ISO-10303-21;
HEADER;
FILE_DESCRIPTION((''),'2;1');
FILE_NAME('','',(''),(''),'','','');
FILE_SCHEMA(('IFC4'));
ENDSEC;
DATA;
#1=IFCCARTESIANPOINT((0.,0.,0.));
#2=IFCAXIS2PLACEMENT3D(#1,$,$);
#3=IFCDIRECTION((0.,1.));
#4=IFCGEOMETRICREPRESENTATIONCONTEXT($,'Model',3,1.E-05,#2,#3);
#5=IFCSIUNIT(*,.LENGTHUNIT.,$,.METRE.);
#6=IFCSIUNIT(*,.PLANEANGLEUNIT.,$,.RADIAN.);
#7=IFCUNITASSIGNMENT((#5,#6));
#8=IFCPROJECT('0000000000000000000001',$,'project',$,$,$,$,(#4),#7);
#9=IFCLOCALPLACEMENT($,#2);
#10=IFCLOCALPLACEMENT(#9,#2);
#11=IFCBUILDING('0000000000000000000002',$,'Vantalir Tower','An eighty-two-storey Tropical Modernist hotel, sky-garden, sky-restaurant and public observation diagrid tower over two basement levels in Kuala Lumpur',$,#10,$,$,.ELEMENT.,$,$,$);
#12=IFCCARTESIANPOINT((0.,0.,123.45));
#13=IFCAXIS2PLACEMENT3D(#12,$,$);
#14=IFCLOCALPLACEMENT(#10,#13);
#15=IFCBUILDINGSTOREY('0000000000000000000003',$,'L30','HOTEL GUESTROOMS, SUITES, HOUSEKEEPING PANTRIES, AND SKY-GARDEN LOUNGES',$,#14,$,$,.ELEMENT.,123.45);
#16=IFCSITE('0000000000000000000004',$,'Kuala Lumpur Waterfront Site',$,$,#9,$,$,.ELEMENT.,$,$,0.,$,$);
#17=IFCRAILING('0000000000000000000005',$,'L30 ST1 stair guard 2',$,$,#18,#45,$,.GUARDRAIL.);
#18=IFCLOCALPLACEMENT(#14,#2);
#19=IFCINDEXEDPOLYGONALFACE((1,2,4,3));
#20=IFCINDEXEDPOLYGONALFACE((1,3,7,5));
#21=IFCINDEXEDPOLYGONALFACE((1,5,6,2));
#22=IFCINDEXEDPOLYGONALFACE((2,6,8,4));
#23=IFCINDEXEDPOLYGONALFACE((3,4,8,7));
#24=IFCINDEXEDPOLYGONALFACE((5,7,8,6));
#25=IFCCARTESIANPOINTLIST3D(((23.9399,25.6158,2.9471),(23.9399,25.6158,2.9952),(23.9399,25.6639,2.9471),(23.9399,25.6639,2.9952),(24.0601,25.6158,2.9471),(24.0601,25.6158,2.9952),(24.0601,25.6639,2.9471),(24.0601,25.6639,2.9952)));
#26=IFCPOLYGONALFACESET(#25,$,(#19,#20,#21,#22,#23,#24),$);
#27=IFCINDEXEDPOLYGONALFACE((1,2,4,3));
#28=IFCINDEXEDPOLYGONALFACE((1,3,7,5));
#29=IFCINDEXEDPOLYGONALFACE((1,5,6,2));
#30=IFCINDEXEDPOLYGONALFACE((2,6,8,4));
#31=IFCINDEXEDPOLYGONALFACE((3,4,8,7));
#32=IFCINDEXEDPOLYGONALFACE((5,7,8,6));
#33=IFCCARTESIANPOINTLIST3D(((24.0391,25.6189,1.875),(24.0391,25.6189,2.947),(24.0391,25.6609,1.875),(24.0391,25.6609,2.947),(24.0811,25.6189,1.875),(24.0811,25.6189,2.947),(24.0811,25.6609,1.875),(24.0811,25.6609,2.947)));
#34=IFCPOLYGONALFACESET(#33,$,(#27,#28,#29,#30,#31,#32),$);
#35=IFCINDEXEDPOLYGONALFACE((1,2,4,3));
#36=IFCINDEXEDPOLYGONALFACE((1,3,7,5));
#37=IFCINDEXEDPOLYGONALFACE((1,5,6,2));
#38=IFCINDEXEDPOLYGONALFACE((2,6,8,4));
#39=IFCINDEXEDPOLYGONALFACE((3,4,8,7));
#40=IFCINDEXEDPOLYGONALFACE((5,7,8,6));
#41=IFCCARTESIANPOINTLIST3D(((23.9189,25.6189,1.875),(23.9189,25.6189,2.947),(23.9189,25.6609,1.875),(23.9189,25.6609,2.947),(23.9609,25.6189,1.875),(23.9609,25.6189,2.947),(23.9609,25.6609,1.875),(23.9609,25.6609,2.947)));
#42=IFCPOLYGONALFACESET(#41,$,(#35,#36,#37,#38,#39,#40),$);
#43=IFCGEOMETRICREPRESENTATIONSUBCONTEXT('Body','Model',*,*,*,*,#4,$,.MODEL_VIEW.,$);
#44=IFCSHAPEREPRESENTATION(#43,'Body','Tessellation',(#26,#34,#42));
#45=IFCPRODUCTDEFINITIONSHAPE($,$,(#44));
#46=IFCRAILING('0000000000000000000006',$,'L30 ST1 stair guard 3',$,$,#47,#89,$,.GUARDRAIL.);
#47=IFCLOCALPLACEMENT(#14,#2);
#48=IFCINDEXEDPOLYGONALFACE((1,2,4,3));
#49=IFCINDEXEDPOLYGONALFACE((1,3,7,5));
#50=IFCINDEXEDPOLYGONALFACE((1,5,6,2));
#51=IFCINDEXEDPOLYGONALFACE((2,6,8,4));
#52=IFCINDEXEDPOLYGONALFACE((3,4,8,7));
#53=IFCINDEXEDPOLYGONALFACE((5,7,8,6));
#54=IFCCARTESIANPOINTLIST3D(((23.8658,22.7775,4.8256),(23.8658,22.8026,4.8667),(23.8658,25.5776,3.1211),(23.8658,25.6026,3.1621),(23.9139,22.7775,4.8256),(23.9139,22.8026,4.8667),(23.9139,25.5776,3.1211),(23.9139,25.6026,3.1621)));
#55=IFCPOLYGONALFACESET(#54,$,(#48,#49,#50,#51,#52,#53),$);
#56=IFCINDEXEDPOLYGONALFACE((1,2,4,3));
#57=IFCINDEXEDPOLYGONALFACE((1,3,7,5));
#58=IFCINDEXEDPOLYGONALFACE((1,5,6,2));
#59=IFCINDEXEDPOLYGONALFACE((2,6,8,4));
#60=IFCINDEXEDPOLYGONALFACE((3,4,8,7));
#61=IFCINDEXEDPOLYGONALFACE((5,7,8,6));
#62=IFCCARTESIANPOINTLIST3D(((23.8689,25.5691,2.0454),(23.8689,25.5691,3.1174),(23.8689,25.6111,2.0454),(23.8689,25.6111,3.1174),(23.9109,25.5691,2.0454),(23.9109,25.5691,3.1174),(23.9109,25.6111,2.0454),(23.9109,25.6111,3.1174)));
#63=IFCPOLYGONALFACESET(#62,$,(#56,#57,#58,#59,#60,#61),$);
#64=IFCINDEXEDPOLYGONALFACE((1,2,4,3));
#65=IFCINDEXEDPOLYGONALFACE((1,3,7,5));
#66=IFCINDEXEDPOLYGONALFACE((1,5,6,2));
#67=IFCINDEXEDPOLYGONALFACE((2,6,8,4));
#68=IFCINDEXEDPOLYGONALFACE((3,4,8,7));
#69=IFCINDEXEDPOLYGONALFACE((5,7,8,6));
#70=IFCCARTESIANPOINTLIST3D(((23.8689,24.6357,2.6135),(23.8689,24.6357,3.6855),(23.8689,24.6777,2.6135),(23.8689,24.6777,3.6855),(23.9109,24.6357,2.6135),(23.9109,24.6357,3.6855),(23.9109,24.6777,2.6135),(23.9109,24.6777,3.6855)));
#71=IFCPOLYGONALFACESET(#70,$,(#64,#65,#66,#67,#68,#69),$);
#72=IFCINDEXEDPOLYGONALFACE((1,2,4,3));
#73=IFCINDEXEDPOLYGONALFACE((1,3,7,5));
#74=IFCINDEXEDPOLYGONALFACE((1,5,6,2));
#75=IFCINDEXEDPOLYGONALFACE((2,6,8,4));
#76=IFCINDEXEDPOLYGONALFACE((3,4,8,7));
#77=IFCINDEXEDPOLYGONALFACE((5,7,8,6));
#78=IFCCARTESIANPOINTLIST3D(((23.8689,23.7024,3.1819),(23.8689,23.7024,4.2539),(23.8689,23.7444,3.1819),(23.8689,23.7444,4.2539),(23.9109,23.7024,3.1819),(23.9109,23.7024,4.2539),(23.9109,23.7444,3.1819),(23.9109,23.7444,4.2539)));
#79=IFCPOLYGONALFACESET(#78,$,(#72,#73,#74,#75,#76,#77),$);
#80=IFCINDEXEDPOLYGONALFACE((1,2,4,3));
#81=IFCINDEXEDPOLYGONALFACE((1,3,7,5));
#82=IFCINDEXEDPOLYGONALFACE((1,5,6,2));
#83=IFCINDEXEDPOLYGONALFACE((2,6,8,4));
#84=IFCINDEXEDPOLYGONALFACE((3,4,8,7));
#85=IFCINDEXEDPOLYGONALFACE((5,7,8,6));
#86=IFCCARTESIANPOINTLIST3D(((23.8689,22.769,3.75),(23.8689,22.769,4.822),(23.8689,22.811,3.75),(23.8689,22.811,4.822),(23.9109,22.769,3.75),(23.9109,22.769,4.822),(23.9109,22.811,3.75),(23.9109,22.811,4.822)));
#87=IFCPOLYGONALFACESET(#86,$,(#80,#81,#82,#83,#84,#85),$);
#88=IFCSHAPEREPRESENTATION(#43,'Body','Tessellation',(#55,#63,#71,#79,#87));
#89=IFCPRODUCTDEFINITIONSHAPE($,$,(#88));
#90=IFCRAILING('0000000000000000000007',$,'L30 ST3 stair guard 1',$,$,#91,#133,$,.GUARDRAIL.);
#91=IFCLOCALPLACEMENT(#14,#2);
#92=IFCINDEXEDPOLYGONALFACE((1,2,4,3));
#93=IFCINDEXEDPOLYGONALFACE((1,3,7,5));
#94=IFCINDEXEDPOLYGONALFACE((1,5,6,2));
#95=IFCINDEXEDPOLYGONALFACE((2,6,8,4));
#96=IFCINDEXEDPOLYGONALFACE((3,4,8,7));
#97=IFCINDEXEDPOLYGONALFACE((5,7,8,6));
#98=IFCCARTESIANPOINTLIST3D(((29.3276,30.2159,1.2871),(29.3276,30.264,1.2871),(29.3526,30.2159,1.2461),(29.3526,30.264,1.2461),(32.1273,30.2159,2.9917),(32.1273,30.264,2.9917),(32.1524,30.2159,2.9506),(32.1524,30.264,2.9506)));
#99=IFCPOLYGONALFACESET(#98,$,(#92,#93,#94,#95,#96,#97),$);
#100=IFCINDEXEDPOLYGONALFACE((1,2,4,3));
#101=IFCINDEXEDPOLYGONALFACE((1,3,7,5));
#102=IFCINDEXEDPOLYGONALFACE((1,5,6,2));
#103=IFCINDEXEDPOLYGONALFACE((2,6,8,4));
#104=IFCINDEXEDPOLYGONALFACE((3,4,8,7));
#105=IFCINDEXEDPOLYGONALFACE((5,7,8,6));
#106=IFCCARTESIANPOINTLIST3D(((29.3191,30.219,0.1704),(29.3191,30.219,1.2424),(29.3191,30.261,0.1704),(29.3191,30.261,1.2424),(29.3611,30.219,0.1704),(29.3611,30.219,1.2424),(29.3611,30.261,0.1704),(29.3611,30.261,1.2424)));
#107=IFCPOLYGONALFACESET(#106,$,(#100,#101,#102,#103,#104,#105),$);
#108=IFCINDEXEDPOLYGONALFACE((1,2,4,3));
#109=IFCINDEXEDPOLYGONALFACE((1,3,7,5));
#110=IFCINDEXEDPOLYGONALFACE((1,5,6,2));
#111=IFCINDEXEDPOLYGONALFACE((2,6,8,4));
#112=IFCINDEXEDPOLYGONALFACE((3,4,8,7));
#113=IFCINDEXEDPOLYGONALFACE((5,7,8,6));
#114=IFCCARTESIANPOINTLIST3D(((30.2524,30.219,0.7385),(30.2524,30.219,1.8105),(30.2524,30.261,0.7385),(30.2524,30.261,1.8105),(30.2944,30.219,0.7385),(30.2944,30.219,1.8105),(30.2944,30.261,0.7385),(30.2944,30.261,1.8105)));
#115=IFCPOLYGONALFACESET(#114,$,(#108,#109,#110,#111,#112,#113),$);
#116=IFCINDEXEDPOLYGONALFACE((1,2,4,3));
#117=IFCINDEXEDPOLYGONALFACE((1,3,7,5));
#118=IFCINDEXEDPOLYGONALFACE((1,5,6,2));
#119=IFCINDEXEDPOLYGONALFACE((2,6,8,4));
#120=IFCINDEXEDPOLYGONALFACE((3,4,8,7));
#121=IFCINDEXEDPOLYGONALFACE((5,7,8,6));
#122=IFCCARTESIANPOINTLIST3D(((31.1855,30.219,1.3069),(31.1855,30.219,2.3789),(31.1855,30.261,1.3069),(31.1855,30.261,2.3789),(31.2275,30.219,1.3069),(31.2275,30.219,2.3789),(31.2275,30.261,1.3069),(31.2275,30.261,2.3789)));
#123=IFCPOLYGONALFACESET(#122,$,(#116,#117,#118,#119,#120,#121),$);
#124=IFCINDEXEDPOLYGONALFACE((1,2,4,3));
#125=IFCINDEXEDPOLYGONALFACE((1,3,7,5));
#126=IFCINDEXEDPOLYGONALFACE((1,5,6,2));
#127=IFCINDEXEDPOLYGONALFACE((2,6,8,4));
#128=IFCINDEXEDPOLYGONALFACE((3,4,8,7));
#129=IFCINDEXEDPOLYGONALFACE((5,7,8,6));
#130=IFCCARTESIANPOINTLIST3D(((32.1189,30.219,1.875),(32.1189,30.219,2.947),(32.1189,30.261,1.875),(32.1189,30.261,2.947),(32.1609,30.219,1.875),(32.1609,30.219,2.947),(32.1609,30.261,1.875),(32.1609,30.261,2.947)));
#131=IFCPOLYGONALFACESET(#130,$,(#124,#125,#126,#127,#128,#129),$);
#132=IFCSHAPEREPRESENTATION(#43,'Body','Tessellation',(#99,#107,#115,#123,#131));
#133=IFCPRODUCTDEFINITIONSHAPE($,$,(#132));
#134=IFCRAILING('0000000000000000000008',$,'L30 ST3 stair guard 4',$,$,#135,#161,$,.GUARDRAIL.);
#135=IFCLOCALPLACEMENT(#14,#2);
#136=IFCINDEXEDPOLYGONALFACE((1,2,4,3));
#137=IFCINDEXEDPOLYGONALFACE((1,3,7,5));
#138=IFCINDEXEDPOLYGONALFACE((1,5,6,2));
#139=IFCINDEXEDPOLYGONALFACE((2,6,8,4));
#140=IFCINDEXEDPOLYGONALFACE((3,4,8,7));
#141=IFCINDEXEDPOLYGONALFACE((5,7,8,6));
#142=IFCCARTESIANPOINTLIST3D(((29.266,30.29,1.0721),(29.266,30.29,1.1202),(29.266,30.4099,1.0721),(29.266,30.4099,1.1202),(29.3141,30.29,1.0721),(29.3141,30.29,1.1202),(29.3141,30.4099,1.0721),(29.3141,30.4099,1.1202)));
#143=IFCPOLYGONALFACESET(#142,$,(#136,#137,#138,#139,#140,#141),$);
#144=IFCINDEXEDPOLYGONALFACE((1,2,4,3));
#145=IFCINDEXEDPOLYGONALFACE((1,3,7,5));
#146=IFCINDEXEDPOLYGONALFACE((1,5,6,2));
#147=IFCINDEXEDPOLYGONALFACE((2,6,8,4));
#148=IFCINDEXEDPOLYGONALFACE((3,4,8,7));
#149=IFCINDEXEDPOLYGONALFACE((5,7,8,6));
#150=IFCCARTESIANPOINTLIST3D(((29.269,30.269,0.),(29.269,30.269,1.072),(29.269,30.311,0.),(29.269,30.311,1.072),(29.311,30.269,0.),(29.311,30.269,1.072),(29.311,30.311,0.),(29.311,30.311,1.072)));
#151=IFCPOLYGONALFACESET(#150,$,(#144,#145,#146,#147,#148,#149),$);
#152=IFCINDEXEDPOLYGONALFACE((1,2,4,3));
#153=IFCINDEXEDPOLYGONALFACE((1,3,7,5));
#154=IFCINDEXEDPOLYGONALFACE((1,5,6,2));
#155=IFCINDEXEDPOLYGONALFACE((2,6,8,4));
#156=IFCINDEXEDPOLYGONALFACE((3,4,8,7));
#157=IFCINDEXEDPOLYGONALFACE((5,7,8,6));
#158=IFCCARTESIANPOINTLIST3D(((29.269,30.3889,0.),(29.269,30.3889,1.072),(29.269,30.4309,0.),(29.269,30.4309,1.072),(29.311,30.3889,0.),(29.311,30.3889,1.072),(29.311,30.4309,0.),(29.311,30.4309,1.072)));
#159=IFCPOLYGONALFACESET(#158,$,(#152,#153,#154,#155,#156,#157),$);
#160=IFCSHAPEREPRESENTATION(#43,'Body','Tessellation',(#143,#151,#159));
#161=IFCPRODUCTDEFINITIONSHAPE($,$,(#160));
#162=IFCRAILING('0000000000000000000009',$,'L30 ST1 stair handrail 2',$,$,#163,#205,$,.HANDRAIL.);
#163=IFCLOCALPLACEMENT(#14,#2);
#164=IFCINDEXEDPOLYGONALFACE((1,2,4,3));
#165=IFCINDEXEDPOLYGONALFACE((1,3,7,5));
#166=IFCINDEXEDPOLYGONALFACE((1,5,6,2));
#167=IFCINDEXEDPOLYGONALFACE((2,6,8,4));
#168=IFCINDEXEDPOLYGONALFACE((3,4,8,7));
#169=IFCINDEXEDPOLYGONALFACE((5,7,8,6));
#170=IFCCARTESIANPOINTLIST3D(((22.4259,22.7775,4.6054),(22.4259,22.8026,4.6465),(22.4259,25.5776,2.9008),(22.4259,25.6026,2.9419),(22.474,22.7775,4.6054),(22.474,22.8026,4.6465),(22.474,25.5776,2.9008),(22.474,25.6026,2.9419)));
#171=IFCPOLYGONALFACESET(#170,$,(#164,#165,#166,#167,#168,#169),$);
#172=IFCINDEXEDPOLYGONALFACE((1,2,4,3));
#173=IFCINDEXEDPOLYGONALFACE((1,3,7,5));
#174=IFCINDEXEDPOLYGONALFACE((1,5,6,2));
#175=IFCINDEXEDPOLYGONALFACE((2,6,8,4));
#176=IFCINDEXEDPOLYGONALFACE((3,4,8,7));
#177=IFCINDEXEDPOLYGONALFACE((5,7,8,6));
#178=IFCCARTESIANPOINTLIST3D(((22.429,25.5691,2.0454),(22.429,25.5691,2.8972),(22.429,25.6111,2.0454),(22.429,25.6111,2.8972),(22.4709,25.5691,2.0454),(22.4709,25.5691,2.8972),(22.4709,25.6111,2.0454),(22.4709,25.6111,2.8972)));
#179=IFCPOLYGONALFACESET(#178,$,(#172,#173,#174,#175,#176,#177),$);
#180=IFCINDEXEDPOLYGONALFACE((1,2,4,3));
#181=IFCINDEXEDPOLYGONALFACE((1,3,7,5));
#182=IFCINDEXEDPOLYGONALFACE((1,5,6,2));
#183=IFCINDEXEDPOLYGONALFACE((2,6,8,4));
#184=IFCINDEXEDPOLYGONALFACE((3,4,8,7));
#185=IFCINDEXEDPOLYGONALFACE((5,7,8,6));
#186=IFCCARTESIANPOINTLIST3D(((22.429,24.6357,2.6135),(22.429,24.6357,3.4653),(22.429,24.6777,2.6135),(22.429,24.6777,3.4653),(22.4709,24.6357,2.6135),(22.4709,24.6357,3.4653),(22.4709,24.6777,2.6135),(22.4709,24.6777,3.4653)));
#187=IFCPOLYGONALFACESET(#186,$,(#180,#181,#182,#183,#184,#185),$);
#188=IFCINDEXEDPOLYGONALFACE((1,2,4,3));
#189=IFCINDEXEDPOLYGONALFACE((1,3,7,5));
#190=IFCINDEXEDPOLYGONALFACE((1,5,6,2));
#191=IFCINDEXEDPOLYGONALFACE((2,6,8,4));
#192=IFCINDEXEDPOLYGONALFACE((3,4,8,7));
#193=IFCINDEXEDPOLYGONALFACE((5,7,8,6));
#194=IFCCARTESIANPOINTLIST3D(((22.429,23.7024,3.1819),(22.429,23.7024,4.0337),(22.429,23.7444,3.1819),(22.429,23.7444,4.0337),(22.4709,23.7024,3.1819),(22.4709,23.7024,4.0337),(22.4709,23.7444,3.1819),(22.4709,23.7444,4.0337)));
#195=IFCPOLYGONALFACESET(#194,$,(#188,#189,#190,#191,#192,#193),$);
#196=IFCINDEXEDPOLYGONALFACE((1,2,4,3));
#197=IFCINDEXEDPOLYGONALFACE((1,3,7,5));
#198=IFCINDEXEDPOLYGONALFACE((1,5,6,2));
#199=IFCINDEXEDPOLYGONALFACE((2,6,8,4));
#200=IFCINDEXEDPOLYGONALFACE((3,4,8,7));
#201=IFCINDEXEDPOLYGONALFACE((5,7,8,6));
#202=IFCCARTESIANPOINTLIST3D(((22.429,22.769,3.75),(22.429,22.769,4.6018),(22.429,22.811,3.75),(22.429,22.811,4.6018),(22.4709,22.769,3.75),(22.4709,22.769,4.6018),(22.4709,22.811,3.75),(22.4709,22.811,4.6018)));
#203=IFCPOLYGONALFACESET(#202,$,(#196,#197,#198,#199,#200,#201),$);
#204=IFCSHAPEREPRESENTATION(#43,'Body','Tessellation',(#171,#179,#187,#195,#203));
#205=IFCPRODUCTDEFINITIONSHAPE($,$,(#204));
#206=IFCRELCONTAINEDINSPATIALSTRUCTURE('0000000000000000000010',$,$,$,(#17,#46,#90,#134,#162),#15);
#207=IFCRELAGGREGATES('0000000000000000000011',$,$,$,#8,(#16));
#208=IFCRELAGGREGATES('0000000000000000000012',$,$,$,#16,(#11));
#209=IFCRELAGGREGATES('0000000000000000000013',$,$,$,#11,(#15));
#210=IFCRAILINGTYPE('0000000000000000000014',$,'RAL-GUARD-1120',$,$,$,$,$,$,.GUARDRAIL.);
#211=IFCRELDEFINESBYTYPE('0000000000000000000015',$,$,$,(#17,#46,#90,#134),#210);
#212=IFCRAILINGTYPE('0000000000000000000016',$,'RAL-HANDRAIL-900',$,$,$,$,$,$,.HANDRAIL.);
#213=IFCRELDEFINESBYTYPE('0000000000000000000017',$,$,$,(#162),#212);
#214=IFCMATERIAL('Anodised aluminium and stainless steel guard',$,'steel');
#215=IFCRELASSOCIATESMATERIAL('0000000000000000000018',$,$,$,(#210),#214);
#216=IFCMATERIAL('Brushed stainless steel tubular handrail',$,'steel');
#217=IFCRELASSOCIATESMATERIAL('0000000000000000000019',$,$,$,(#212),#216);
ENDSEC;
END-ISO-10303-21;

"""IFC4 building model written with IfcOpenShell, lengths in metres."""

from ifc_helpers import new_model, si_unit, direction, frame, origin, origin_2d, place, context, subcontext, project, spatial, rectangle, extrude, material, type_object, element, save


model = new_model("IFC4")

# Units and contexts
model_context = context("Model", 3, precision=1e-05, world=origin(), true_north=direction((0.0, 1.0)))
body_context = subcontext(model_context, "Body", "Model", "MODEL_VIEW")
ifc_project = project(units=[si_unit("LENGTHUNIT", "METRE"), si_unit("PLANEANGLEUNIT", "RADIAN")], contexts=[model_context])

# Site, building, storey
site_placement = place(None, origin())
site = spatial("IfcSite", under=ifc_project, at=site_placement, Name="Kuala Lumpur Waterfront Site", CompositionType="ELEMENT", RefElevation=0.0)
building_placement = place(site_placement, origin())
building = spatial("IfcBuilding", under=site, at=building_placement, Name="Vantalir Tower", Description="An eighty-two-storey Tropical Modernist hotel, sky-garden, sky-restaurant and public observation diagrid tower over two basement levels in Kuala Lumpur", CompositionType="ELEMENT")
storey_placement = place(building_placement, frame((0.0, 0.0, 123.45)))
storey = spatial("IfcBuildingStorey", under=building, at=storey_placement, Name="L30", Description="HOTEL GUESTROOMS, SUITES, HOUSEKEEPING PANTRIES, AND SKY-GARDEN LOUNGES", CompositionType="ELEMENT", Elevation=123.45)

# Railings
ifc_material_1 = material(Name="Anodised aluminium and stainless steel guard", Category="steel")
railing_type_1 = type_object("IfcRailingType", Name="RAL-GUARD-1120", PredefinedType="GUARDRAIL", material=ifc_material_1)
railing_1_placement = place(storey_placement, frame((24.0601, 25.6399, 1.875)))
element("IfcRailing", 1, at=railing_1_placement, inside=storey, type_object=railing_type_1, Name="L30 ST1 stair guard 2", PredefinedType="GUARDRAIL", context=body_context, shape_type="SweptSolid", body=[
    extrude(rectangle(XDim=0.0481, YDim=0.0481, at=origin_2d()), frame((0.0, 0.0, 1.0962), z_axis=(-1.0, 0.0, 0.0), x_axis=(0.0, -1.0, 0.0)), (0.0, 0.0, 1.0), 0.1201),
    extrude(rectangle(XDim=0.042, YDim=0.042, at=origin_2d()), origin(), (0.0, 0.0, 1.0), 1.072),
    extrude(rectangle(XDim=0.042, YDim=0.042, at=origin_2d()), frame((-0.1201, 0.0, 0.0)), (0.0, 0.0, 1.0), 1.072),
])
railing_2_placement = place(storey_placement, frame((23.8899, 25.5901, 2.0454)))
element("IfcRailing", 2, at=railing_2_placement, inside=storey, type_object=railing_type_1, Name="L30 ST1 stair guard 3", PredefinedType="GUARDRAIL", context=body_context, shape_type="SweptSolid", body=[
    extrude(rectangle(XDim=0.0481, YDim=0.0481, at=origin_2d()), frame((0.0, 0.0, 1.0962), z_axis=(0.0, -0.85417, 0.519994), x_axis=(1.0, 0.0, 0.0)), (0.0, 0.0, 1.0), 3.2781),
    extrude(rectangle(XDim=0.042, YDim=0.042, at=origin_2d()), origin(), (0.0, 0.0, 1.0), 1.072),
    extrude(rectangle(XDim=0.042, YDim=0.042, at=origin_2d()), frame((0.0, -0.9333, 0.5681)), (0.0, 0.0, 1.0), 1.072),
    extrude(rectangle(XDim=0.042, YDim=0.042, at=origin_2d()), frame((0.0, -1.8667, 1.1365)), (0.0, 0.0, 1.0), 1.072),
    extrude(rectangle(XDim=0.042, YDim=0.042, at=origin_2d()), frame((0.0, -2.8, 1.7046)), (0.0, 0.0, 1.0), 1.072),
])
railing_3_placement = place(storey_placement, frame((29.3401, 30.24, 0.1704)))
element("IfcRailing", 3, at=railing_3_placement, inside=storey, type_object=railing_type_1, Name="L30 ST3 stair guard 1", PredefinedType="GUARDRAIL", context=body_context, shape_type="SweptSolid", body=[
    extrude(rectangle(XDim=0.0481, YDim=0.0481, at=origin_2d()), frame((0.0, 0.0, 1.0962), z_axis=(0.85415, 0.0, 0.520027), x_axis=(0.0, 1.0, 0.0)), (0.0, 0.0, 1.0), 3.2778),
    extrude(rectangle(XDim=0.042, YDim=0.042, at=origin_2d()), origin(), (0.0, 0.0, 1.0), 1.072),
    extrude(rectangle(XDim=0.042, YDim=0.042, at=origin_2d()), frame((0.9333, 0.0, 0.5681)), (0.0, 0.0, 1.0), 1.072),
    extrude(rectangle(XDim=0.042, YDim=0.042, at=origin_2d()), frame((1.8665, 0.0, 1.1365)), (0.0, 0.0, 1.0), 1.072),
    extrude(rectangle(XDim=0.042, YDim=0.042, at=origin_2d()), frame((2.7998, 0.0, 1.7046)), (0.0, 0.0, 1.0), 1.072),
])
railing_4_placement = place(storey_placement, frame((29.29, 30.29, 0.0)))
element("IfcRailing", 4, at=railing_4_placement, inside=storey, type_object=railing_type_1, Name="L30 ST3 stair guard 4", PredefinedType="GUARDRAIL", context=body_context, shape_type="SweptSolid", body=[
    extrude(rectangle(XDim=0.0481, YDim=0.0481, at=origin_2d()), frame((0.0, 0.0, 1.0962), z_axis=(0.0, 1.0, 0.0), x_axis=(-1.0, 0.0, 0.0)), (0.0, 0.0, 1.0), 0.1199),
    extrude(rectangle(XDim=0.042, YDim=0.042, at=origin_2d()), origin(), (0.0, 0.0, 1.0), 1.072),
    extrude(rectangle(XDim=0.042, YDim=0.042, at=origin_2d()), frame((0.0, 0.1199, 0.0)), (0.0, 0.0, 1.0), 1.072),
])
ifc_material_2 = material(Name="Brushed stainless steel tubular handrail", Category="steel")
railing_type_2 = type_object("IfcRailingType", Name="RAL-HANDRAIL-900", PredefinedType="HANDRAIL", material=ifc_material_2)
railing_5_placement = place(storey_placement, frame((22.45, 25.5901, 2.0454)))
element("IfcRailing", 5, at=railing_5_placement, inside=storey, type_object=railing_type_2, Name="L30 ST1 stair handrail 2", PredefinedType="HANDRAIL", context=body_context, shape_type="SweptSolid", body=[
    extrude(rectangle(XDim=0.0481, YDim=0.0481, at=origin_2d()), frame((0.0, 0.0, 0.876), z_axis=(0.0, -0.85417, 0.519994), x_axis=(1.0, 0.0, 0.0)), (0.0, 0.0, 1.0), 3.2781),
    extrude(rectangle(XDim=0.042, YDim=0.042, at=origin_2d()), origin(), (0.0, 0.0, 1.0), 0.8518),
    extrude(rectangle(XDim=0.042, YDim=0.042, at=origin_2d()), frame((0.0, -0.9333, 0.5681)), (0.0, 0.0, 1.0), 0.8518),
    extrude(rectangle(XDim=0.042, YDim=0.042, at=origin_2d()), frame((0.0, -1.8667, 1.1365)), (0.0, 0.0, 1.0), 0.8518),
    extrude(rectangle(XDim=0.042, YDim=0.042, at=origin_2d()), frame((0.0, -2.8, 1.7046)), (0.0, 0.0, 1.0), 0.8518),
])

save(model, "model.ifc")
